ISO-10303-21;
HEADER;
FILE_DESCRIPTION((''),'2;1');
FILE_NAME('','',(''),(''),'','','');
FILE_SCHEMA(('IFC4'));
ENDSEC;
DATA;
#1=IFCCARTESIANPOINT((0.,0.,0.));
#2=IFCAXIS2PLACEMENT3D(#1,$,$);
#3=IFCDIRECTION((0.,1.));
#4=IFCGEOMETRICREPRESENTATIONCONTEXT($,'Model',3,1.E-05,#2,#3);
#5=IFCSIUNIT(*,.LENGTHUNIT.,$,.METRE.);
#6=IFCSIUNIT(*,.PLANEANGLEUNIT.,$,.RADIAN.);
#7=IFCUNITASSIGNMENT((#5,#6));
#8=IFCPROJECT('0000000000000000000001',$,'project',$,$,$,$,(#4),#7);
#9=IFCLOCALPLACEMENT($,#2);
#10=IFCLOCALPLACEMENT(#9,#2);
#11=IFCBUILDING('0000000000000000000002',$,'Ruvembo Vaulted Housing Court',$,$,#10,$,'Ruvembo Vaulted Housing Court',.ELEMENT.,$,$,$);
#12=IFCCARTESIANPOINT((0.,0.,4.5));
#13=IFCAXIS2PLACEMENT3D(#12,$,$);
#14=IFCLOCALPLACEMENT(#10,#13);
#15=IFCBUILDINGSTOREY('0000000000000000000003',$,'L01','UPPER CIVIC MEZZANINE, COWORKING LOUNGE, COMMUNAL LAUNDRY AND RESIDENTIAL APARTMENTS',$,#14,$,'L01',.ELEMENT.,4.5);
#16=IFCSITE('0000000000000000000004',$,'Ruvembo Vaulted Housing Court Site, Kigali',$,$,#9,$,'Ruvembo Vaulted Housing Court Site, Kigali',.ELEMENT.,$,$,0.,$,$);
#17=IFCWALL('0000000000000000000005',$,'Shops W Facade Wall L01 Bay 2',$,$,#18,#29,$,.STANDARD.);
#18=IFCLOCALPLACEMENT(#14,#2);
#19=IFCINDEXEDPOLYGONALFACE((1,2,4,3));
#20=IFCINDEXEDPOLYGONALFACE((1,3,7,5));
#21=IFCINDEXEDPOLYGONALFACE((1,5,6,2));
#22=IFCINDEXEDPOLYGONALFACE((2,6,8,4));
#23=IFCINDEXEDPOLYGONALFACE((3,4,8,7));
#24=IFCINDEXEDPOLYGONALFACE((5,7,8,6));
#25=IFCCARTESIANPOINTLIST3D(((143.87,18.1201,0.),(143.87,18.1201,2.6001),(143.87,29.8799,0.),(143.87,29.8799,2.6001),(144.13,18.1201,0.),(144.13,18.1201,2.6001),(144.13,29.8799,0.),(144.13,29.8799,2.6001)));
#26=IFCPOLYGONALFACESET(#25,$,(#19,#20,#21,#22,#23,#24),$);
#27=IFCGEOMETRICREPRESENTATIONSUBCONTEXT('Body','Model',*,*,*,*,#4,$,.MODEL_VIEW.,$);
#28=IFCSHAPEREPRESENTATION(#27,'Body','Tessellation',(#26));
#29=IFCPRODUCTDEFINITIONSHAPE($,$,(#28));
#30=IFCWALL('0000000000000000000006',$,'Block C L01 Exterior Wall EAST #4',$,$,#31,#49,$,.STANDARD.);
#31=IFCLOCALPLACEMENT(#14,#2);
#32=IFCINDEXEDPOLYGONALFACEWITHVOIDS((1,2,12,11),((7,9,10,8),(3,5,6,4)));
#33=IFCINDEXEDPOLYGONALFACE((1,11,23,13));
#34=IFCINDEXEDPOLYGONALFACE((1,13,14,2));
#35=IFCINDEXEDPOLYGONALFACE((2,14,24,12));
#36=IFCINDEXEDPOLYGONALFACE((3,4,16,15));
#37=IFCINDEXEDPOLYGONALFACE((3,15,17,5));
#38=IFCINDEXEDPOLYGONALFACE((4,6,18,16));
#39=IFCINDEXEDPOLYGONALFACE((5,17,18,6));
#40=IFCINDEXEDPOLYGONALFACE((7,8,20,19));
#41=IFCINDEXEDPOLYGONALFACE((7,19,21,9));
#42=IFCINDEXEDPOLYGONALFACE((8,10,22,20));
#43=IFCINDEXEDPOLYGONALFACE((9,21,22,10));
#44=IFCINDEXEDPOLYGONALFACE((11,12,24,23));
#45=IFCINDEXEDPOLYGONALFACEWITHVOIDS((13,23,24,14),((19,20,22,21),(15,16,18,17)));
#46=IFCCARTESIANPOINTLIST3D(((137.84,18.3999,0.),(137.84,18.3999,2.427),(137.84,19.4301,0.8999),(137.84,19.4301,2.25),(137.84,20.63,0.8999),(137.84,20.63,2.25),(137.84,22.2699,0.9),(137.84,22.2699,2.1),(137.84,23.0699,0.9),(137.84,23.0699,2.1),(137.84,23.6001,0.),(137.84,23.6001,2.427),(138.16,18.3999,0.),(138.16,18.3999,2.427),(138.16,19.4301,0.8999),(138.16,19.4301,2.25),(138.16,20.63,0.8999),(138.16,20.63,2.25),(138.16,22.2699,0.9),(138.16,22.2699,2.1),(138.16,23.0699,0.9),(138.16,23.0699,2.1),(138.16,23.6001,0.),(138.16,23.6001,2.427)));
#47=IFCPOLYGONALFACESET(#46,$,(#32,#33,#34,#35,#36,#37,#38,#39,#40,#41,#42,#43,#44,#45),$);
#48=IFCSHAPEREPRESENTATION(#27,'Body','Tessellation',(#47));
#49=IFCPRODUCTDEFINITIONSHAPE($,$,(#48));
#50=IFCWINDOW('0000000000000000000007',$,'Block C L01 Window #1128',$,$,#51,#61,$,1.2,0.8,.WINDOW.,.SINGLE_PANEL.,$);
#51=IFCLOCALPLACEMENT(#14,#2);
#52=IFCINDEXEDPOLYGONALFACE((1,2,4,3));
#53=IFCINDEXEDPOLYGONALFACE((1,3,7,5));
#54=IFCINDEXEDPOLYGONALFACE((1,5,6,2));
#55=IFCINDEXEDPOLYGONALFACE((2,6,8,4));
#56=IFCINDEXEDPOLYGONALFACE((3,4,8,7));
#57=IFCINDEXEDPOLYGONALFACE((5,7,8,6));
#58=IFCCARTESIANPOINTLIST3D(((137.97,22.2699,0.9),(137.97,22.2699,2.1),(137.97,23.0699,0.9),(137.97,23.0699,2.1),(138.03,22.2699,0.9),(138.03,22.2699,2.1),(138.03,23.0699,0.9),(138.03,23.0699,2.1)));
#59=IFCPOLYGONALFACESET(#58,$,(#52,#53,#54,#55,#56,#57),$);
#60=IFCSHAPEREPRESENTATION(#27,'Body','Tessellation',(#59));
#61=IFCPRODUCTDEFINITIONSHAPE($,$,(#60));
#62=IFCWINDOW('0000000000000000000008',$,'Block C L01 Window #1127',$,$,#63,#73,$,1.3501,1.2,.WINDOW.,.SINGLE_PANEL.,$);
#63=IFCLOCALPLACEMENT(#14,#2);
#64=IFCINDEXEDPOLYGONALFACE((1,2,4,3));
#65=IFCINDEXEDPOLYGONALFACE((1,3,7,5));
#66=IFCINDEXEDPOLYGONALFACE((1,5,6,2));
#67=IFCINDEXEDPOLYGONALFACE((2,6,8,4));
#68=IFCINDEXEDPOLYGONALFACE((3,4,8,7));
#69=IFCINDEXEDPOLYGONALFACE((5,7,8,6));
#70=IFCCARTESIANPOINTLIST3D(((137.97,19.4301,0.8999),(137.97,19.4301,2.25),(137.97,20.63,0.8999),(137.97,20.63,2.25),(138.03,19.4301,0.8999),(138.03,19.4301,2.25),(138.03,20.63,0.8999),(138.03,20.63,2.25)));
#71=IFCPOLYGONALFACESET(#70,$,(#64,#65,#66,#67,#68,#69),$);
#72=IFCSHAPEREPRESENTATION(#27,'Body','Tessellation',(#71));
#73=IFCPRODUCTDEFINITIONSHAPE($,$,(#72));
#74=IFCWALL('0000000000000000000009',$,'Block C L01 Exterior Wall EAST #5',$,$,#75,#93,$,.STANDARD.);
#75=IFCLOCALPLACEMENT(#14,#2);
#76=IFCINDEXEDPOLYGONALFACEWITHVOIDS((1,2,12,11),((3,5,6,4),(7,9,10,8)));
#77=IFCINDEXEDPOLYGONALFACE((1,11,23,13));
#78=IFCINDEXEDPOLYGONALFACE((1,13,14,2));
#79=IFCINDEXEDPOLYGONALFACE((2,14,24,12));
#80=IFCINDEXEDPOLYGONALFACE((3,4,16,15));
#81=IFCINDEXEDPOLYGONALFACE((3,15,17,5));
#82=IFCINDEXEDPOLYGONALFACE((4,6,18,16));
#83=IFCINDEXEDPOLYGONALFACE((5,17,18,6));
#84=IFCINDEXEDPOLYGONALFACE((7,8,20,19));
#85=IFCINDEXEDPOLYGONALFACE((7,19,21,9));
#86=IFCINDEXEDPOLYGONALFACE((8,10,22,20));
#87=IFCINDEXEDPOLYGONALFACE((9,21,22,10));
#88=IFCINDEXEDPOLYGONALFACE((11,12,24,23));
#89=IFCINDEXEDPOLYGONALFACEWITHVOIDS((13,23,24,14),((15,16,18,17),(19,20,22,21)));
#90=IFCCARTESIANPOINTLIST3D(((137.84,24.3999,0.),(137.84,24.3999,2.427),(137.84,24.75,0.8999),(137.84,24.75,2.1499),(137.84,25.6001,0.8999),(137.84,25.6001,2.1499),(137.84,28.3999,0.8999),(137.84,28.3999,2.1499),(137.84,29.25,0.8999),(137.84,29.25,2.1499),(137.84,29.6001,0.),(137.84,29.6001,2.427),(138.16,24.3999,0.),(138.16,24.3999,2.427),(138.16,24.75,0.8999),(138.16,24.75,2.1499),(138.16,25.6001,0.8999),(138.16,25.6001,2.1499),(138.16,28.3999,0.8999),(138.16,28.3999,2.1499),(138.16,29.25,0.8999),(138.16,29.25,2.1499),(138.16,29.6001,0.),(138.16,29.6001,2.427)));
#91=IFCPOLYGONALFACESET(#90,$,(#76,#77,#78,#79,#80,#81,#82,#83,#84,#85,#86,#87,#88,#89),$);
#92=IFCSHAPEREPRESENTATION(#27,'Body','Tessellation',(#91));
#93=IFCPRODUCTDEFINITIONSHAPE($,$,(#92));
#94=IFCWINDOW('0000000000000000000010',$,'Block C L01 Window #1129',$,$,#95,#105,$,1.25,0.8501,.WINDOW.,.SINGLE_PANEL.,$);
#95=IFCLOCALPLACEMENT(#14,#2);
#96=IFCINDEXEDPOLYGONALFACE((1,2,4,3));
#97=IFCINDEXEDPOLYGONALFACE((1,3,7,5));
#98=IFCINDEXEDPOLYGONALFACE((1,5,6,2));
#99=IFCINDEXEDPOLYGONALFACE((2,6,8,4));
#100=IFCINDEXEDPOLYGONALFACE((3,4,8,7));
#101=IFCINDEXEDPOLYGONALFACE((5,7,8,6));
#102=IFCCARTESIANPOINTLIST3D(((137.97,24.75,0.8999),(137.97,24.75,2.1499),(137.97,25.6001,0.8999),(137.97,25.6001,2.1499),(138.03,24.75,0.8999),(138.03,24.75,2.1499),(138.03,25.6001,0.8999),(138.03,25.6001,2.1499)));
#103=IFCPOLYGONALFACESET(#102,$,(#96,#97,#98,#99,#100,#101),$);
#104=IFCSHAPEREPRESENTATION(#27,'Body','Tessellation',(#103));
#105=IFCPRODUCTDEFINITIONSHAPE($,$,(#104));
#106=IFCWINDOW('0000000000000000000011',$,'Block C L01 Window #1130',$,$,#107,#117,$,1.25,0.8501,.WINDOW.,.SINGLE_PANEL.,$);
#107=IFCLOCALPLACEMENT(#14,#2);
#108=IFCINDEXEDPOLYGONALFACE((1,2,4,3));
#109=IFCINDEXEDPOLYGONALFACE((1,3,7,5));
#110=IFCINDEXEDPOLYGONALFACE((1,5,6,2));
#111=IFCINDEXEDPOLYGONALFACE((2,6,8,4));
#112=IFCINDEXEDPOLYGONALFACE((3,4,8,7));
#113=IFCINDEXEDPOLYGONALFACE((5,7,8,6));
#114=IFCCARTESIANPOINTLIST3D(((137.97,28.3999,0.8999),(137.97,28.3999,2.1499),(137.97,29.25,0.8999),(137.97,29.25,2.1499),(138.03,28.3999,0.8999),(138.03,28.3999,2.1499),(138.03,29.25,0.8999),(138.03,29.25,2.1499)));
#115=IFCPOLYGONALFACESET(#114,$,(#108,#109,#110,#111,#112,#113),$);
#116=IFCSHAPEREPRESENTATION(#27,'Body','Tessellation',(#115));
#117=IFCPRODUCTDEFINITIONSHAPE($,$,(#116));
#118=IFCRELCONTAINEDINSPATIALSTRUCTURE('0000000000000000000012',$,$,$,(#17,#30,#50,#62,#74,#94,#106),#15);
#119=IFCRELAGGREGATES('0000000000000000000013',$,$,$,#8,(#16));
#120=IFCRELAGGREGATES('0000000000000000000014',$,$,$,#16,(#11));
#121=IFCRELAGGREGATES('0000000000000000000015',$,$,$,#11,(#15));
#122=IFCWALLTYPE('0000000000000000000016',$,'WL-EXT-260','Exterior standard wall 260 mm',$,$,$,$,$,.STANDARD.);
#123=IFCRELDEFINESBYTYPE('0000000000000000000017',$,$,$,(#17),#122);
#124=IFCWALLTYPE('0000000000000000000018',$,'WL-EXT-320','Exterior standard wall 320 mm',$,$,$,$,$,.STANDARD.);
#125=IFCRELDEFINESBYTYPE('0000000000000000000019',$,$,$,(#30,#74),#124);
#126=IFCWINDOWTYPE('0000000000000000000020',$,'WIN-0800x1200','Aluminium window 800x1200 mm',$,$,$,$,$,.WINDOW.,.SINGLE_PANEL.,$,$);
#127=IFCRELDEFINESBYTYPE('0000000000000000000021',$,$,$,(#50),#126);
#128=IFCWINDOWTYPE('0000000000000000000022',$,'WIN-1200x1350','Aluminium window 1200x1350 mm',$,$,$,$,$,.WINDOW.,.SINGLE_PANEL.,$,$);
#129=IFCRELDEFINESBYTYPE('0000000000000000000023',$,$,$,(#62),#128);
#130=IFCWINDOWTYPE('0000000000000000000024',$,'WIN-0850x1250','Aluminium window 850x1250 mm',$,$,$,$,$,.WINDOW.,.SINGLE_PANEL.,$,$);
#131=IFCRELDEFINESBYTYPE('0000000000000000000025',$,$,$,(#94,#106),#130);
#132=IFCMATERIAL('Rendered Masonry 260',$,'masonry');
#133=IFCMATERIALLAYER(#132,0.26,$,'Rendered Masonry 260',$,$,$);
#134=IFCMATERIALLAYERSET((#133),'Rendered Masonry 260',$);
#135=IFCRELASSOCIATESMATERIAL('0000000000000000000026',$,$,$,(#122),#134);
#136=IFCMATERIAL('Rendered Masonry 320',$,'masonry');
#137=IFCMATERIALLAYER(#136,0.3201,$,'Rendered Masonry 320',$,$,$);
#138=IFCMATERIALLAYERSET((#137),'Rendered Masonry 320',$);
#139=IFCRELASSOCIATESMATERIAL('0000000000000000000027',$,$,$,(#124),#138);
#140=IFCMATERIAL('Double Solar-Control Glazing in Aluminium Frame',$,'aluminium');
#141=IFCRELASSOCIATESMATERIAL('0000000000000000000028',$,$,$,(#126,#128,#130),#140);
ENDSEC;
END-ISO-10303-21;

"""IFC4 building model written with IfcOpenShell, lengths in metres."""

from ifc_helpers import new_model, si_unit, direction, frame, frame_2d, origin, place, context, subcontext, project, spatial, rectangle, extrude, material, layer, layer_set, type_object, element, fill, save


model = new_model("IFC4")

# Units and contexts
model_context = context("Model", 3, precision=1e-05, world=origin(), true_north=direction((0.0, 1.0)))
body_context = subcontext(model_context, "Body", "Model", "MODEL_VIEW")
ifc_project = project(units=[si_unit("LENGTHUNIT", "METRE"), si_unit("PLANEANGLEUNIT", "RADIAN")], contexts=[model_context])

# Site, building, storey
site_placement = place(None, origin())
site = spatial("IfcSite", under=ifc_project, at=site_placement, Name="Ruvembo Vaulted Housing Court Site, Kigali", LongName="Ruvembo Vaulted Housing Court Site, Kigali", CompositionType="ELEMENT", RefElevation=0.0)
building_placement = place(site_placement, origin())
building = spatial("IfcBuilding", under=site, at=building_placement, Name="Ruvembo Vaulted Housing Court", LongName="Ruvembo Vaulted Housing Court", CompositionType="ELEMENT")
storey_placement = place(building_placement, frame((0.0, 0.0, 4.5)))
storey = spatial("IfcBuildingStorey", under=building, at=storey_placement, Name="L01", Description="UPPER CIVIC MEZZANINE, COWORKING LOUNGE, COMMUNAL LAUNDRY AND RESIDENTIAL APARTMENTS", LongName="L01", CompositionType="ELEMENT", Elevation=4.5)

# Shared definitions
ifc_material_1 = material(Name="Rendered Masonry 260", Category="masonry")
ifc_layer_1 = layer(ifc_material_1, 0.26, Name="Rendered Masonry 260")
ifc_layer_set_1 = layer_set([ifc_layer_1], Name="Rendered Masonry 260")
wall_type_1 = type_object("IfcWallType", Name="WL-EXT-260", Description="Exterior standard wall 260 mm", PredefinedType="STANDARD", material=ifc_layer_set_1)
ifc_material_2 = material(Name="Double Solar-Control Glazing in Aluminium Frame", Category="aluminium")

# Wall
wall_1_placement = place(storey_placement, frame((144.0, 29.8799, 0.0), z_axis=(0.0, 0.0, 1.0), x_axis=(0.0, -1.0, 0.0)))
element("IfcWall", 1, at=wall_1_placement, inside=storey, type_object=wall_type_1, Name="Shops W Facade Wall L01 Bay 2", PredefinedType="STANDARD", context=body_context, shape_type="SweptSolid", body=[
    extrude(rectangle(XDim=11.7598, YDim=0.26, at=frame_2d((5.8799, 0.0))), origin(), (0.0, 0.0, 1.0), 2.6001),
])

# Walls, openings, windows
ifc_material_3 = material(Name="Rendered Masonry 320", Category="masonry")
ifc_layer_2 = layer(ifc_material_3, 0.3201, Name="Rendered Masonry 320")
ifc_layer_set_2 = layer_set([ifc_layer_2], Name="Rendered Masonry 320")
wall_type_2 = type_object("IfcWallType", Name="WL-EXT-320", Description="Exterior standard wall 320 mm", PredefinedType="STANDARD", material=ifc_layer_set_2)
wall_2_placement = place(storey_placement, frame((138.0, 18.3999, 0.0), z_axis=(0.0, 0.0, 1.0), x_axis=(0.0, 1.0, 0.0)))
wall_2 = element("IfcWall", 2, at=wall_2_placement, inside=storey, type_object=wall_type_2, Name="Block C L01 Exterior Wall EAST #4", PredefinedType="STANDARD", context=body_context, shape_type="SweptSolid", body=[
    extrude(rectangle(XDim=5.2002, YDim=0.3201, at=frame_2d((2.6001, 0.0))), origin(), (0.0, 0.0, 1.0), 2.427),
])
opening_1_placement = place(wall_2_placement, frame((1.03, 0.0, 0.8999)))
opening_1 = element("IfcOpeningElement", 3, at=opening_1_placement, cuts=wall_2, PredefinedType="OPENING", context=body_context, shape_type="SweptSolid", body=[
    extrude(rectangle(XDim=1.2, YDim=1.3501, at=frame_2d((0.6001, 0.675))), frame((0.0, 0.1699, 0.0), z_axis=(0.0, -1.0, 0.0), x_axis=(1.0, 0.0, 0.0)), (0.0, 0.0, 1.0), 0.3401),
])
opening_2_placement = place(wall_2_placement, frame((3.8701, 0.0, 0.8999)))
opening_2 = element("IfcOpeningElement", 4, at=opening_2_placement, cuts=wall_2, PredefinedType="OPENING", context=body_context, shape_type="SweptSolid", body=[
    extrude(rectangle(XDim=0.8, YDim=1.2, at=frame_2d((0.3999, 0.6001))), frame((0.0, 0.1699, 0.0), z_axis=(0.0, -1.0, 0.0), x_axis=(1.0, 0.0, 0.0)), (0.0, 0.0, 1.0), 0.3401),
])
window_type_1 = type_object("IfcWindowType", Name="WIN-0800x1200", Description="Aluminium window 800x1200 mm", PartitioningType="SINGLE_PANEL", PredefinedType="WINDOW", material=ifc_material_2)
window_1_placement = place(opening_2_placement, origin())
window_1 = element("IfcWindow", 5, at=window_1_placement, inside=storey, type_object=window_type_1, Name="Block C L01 Window #1128", OverallHeight=1.2, OverallWidth=0.8, PartitioningType="SINGLE_PANEL", PredefinedType="WINDOW", context=body_context, shape_type="SweptSolid", body=[
    extrude(rectangle(XDim=0.8, YDim=1.2, at=frame_2d((0.3999, 0.6001))), frame((0.0, 0.03, 0.0), z_axis=(0.0, -1.0, 0.0), x_axis=(1.0, 0.0, 0.0)), (0.0, 0.0, 1.0), 0.0601),
])
fill(opening_2, window_1)
window_type_2 = type_object("IfcWindowType", Name="WIN-1200x1350", Description="Aluminium window 1200x1350 mm", PartitioningType="SINGLE_PANEL", PredefinedType="WINDOW", material=ifc_material_2)
window_2_placement = place(opening_1_placement, origin())
window_2 = element("IfcWindow", 6, at=window_2_placement, inside=storey, type_object=window_type_2, Name="Block C L01 Window #1127", OverallHeight=1.3501, OverallWidth=1.2, PartitioningType="SINGLE_PANEL", PredefinedType="WINDOW", context=body_context, shape_type="SweptSolid", body=[
    extrude(rectangle(XDim=1.2, YDim=1.3501, at=frame_2d((0.6001, 0.675))), frame((0.0, 0.03, 0.0), z_axis=(0.0, -1.0, 0.0), x_axis=(1.0, 0.0, 0.0)), (0.0, 0.0, 1.0), 0.0601),
])
fill(opening_1, window_2)
wall_3_placement = place(storey_placement, frame((138.0, 24.3999, 0.0), z_axis=(0.0, 0.0, 1.0), x_axis=(0.0, 1.0, 0.0)))
wall_3 = element("IfcWall", 7, at=wall_3_placement, inside=storey, type_object=wall_type_2, Name="Block C L01 Exterior Wall EAST #5", PredefinedType="STANDARD", context=body_context, shape_type="SweptSolid", body=[
    extrude(rectangle(XDim=5.2002, YDim=0.3201, at=frame_2d((2.6001, 0.0))), origin(), (0.0, 0.0, 1.0), 2.427),
])
opening_3_placement = place(wall_3_placement, frame((0.3501, 0.0, 0.8999)))
opening_3 = element("IfcOpeningElement", 8, at=opening_3_placement, cuts=wall_3, PredefinedType="OPENING", context=body_context, shape_type="SweptSolid", body=[
    extrude(rectangle(XDim=0.8501, YDim=1.25, at=frame_2d((0.425, 0.625))), frame((0.0, 0.1699, 0.0), z_axis=(0.0, -1.0, 0.0), x_axis=(1.0, 0.0, 0.0)), (0.0, 0.0, 1.0), 0.3401),
])
opening_4_placement = place(wall_3_placement, frame((4.0, 0.0, 0.8999)))
opening_4 = element("IfcOpeningElement", 9, at=opening_4_placement, cuts=wall_3, PredefinedType="OPENING", context=body_context, shape_type="SweptSolid", body=[
    extrude(rectangle(XDim=0.8501, YDim=1.25, at=frame_2d((0.425, 0.625))), frame((0.0, 0.1699, 0.0), z_axis=(0.0, -1.0, 0.0), x_axis=(1.0, 0.0, 0.0)), (0.0, 0.0, 1.0), 0.3401),
])
window_type_3 = type_object("IfcWindowType", Name="WIN-0850x1250", Description="Aluminium window 850x1250 mm", PartitioningType="SINGLE_PANEL", PredefinedType="WINDOW", material=ifc_material_2)
window_3_placement = place(opening_3_placement, origin())
window_3 = element("IfcWindow", 10, at=window_3_placement, inside=storey, type_object=window_type_3, Name="Block C L01 Window #1129", OverallHeight=1.25, OverallWidth=0.8501, PartitioningType="SINGLE_PANEL", PredefinedType="WINDOW", context=body_context, shape_type="SweptSolid", body=[
    extrude(rectangle(XDim=0.8501, YDim=1.25, at=frame_2d((0.425, 0.625))), frame((0.0, 0.03, 0.0), z_axis=(0.0, -1.0, 0.0), x_axis=(1.0, 0.0, 0.0)), (0.0, 0.0, 1.0), 0.0601),
])
fill(opening_3, window_3)
window_4_placement = place(opening_4_placement, origin())
window_4 = element("IfcWindow", 11, at=window_4_placement, inside=storey, type_object=window_type_3, Name="Block C L01 Window #1130", OverallHeight=1.25, OverallWidth=0.8501, PartitioningType="SINGLE_PANEL", PredefinedType="WINDOW", context=body_context, shape_type="SweptSolid", body=[
    extrude(rectangle(XDim=0.8501, YDim=1.25, at=frame_2d((0.425, 0.625))), frame((0.0, 0.03, 0.0), z_axis=(0.0, -1.0, 0.0), x_axis=(1.0, 0.0, 0.0)), (0.0, 0.0, 1.0), 0.0601),
])
fill(opening_4, window_4)

save(model, "model.ifc")
